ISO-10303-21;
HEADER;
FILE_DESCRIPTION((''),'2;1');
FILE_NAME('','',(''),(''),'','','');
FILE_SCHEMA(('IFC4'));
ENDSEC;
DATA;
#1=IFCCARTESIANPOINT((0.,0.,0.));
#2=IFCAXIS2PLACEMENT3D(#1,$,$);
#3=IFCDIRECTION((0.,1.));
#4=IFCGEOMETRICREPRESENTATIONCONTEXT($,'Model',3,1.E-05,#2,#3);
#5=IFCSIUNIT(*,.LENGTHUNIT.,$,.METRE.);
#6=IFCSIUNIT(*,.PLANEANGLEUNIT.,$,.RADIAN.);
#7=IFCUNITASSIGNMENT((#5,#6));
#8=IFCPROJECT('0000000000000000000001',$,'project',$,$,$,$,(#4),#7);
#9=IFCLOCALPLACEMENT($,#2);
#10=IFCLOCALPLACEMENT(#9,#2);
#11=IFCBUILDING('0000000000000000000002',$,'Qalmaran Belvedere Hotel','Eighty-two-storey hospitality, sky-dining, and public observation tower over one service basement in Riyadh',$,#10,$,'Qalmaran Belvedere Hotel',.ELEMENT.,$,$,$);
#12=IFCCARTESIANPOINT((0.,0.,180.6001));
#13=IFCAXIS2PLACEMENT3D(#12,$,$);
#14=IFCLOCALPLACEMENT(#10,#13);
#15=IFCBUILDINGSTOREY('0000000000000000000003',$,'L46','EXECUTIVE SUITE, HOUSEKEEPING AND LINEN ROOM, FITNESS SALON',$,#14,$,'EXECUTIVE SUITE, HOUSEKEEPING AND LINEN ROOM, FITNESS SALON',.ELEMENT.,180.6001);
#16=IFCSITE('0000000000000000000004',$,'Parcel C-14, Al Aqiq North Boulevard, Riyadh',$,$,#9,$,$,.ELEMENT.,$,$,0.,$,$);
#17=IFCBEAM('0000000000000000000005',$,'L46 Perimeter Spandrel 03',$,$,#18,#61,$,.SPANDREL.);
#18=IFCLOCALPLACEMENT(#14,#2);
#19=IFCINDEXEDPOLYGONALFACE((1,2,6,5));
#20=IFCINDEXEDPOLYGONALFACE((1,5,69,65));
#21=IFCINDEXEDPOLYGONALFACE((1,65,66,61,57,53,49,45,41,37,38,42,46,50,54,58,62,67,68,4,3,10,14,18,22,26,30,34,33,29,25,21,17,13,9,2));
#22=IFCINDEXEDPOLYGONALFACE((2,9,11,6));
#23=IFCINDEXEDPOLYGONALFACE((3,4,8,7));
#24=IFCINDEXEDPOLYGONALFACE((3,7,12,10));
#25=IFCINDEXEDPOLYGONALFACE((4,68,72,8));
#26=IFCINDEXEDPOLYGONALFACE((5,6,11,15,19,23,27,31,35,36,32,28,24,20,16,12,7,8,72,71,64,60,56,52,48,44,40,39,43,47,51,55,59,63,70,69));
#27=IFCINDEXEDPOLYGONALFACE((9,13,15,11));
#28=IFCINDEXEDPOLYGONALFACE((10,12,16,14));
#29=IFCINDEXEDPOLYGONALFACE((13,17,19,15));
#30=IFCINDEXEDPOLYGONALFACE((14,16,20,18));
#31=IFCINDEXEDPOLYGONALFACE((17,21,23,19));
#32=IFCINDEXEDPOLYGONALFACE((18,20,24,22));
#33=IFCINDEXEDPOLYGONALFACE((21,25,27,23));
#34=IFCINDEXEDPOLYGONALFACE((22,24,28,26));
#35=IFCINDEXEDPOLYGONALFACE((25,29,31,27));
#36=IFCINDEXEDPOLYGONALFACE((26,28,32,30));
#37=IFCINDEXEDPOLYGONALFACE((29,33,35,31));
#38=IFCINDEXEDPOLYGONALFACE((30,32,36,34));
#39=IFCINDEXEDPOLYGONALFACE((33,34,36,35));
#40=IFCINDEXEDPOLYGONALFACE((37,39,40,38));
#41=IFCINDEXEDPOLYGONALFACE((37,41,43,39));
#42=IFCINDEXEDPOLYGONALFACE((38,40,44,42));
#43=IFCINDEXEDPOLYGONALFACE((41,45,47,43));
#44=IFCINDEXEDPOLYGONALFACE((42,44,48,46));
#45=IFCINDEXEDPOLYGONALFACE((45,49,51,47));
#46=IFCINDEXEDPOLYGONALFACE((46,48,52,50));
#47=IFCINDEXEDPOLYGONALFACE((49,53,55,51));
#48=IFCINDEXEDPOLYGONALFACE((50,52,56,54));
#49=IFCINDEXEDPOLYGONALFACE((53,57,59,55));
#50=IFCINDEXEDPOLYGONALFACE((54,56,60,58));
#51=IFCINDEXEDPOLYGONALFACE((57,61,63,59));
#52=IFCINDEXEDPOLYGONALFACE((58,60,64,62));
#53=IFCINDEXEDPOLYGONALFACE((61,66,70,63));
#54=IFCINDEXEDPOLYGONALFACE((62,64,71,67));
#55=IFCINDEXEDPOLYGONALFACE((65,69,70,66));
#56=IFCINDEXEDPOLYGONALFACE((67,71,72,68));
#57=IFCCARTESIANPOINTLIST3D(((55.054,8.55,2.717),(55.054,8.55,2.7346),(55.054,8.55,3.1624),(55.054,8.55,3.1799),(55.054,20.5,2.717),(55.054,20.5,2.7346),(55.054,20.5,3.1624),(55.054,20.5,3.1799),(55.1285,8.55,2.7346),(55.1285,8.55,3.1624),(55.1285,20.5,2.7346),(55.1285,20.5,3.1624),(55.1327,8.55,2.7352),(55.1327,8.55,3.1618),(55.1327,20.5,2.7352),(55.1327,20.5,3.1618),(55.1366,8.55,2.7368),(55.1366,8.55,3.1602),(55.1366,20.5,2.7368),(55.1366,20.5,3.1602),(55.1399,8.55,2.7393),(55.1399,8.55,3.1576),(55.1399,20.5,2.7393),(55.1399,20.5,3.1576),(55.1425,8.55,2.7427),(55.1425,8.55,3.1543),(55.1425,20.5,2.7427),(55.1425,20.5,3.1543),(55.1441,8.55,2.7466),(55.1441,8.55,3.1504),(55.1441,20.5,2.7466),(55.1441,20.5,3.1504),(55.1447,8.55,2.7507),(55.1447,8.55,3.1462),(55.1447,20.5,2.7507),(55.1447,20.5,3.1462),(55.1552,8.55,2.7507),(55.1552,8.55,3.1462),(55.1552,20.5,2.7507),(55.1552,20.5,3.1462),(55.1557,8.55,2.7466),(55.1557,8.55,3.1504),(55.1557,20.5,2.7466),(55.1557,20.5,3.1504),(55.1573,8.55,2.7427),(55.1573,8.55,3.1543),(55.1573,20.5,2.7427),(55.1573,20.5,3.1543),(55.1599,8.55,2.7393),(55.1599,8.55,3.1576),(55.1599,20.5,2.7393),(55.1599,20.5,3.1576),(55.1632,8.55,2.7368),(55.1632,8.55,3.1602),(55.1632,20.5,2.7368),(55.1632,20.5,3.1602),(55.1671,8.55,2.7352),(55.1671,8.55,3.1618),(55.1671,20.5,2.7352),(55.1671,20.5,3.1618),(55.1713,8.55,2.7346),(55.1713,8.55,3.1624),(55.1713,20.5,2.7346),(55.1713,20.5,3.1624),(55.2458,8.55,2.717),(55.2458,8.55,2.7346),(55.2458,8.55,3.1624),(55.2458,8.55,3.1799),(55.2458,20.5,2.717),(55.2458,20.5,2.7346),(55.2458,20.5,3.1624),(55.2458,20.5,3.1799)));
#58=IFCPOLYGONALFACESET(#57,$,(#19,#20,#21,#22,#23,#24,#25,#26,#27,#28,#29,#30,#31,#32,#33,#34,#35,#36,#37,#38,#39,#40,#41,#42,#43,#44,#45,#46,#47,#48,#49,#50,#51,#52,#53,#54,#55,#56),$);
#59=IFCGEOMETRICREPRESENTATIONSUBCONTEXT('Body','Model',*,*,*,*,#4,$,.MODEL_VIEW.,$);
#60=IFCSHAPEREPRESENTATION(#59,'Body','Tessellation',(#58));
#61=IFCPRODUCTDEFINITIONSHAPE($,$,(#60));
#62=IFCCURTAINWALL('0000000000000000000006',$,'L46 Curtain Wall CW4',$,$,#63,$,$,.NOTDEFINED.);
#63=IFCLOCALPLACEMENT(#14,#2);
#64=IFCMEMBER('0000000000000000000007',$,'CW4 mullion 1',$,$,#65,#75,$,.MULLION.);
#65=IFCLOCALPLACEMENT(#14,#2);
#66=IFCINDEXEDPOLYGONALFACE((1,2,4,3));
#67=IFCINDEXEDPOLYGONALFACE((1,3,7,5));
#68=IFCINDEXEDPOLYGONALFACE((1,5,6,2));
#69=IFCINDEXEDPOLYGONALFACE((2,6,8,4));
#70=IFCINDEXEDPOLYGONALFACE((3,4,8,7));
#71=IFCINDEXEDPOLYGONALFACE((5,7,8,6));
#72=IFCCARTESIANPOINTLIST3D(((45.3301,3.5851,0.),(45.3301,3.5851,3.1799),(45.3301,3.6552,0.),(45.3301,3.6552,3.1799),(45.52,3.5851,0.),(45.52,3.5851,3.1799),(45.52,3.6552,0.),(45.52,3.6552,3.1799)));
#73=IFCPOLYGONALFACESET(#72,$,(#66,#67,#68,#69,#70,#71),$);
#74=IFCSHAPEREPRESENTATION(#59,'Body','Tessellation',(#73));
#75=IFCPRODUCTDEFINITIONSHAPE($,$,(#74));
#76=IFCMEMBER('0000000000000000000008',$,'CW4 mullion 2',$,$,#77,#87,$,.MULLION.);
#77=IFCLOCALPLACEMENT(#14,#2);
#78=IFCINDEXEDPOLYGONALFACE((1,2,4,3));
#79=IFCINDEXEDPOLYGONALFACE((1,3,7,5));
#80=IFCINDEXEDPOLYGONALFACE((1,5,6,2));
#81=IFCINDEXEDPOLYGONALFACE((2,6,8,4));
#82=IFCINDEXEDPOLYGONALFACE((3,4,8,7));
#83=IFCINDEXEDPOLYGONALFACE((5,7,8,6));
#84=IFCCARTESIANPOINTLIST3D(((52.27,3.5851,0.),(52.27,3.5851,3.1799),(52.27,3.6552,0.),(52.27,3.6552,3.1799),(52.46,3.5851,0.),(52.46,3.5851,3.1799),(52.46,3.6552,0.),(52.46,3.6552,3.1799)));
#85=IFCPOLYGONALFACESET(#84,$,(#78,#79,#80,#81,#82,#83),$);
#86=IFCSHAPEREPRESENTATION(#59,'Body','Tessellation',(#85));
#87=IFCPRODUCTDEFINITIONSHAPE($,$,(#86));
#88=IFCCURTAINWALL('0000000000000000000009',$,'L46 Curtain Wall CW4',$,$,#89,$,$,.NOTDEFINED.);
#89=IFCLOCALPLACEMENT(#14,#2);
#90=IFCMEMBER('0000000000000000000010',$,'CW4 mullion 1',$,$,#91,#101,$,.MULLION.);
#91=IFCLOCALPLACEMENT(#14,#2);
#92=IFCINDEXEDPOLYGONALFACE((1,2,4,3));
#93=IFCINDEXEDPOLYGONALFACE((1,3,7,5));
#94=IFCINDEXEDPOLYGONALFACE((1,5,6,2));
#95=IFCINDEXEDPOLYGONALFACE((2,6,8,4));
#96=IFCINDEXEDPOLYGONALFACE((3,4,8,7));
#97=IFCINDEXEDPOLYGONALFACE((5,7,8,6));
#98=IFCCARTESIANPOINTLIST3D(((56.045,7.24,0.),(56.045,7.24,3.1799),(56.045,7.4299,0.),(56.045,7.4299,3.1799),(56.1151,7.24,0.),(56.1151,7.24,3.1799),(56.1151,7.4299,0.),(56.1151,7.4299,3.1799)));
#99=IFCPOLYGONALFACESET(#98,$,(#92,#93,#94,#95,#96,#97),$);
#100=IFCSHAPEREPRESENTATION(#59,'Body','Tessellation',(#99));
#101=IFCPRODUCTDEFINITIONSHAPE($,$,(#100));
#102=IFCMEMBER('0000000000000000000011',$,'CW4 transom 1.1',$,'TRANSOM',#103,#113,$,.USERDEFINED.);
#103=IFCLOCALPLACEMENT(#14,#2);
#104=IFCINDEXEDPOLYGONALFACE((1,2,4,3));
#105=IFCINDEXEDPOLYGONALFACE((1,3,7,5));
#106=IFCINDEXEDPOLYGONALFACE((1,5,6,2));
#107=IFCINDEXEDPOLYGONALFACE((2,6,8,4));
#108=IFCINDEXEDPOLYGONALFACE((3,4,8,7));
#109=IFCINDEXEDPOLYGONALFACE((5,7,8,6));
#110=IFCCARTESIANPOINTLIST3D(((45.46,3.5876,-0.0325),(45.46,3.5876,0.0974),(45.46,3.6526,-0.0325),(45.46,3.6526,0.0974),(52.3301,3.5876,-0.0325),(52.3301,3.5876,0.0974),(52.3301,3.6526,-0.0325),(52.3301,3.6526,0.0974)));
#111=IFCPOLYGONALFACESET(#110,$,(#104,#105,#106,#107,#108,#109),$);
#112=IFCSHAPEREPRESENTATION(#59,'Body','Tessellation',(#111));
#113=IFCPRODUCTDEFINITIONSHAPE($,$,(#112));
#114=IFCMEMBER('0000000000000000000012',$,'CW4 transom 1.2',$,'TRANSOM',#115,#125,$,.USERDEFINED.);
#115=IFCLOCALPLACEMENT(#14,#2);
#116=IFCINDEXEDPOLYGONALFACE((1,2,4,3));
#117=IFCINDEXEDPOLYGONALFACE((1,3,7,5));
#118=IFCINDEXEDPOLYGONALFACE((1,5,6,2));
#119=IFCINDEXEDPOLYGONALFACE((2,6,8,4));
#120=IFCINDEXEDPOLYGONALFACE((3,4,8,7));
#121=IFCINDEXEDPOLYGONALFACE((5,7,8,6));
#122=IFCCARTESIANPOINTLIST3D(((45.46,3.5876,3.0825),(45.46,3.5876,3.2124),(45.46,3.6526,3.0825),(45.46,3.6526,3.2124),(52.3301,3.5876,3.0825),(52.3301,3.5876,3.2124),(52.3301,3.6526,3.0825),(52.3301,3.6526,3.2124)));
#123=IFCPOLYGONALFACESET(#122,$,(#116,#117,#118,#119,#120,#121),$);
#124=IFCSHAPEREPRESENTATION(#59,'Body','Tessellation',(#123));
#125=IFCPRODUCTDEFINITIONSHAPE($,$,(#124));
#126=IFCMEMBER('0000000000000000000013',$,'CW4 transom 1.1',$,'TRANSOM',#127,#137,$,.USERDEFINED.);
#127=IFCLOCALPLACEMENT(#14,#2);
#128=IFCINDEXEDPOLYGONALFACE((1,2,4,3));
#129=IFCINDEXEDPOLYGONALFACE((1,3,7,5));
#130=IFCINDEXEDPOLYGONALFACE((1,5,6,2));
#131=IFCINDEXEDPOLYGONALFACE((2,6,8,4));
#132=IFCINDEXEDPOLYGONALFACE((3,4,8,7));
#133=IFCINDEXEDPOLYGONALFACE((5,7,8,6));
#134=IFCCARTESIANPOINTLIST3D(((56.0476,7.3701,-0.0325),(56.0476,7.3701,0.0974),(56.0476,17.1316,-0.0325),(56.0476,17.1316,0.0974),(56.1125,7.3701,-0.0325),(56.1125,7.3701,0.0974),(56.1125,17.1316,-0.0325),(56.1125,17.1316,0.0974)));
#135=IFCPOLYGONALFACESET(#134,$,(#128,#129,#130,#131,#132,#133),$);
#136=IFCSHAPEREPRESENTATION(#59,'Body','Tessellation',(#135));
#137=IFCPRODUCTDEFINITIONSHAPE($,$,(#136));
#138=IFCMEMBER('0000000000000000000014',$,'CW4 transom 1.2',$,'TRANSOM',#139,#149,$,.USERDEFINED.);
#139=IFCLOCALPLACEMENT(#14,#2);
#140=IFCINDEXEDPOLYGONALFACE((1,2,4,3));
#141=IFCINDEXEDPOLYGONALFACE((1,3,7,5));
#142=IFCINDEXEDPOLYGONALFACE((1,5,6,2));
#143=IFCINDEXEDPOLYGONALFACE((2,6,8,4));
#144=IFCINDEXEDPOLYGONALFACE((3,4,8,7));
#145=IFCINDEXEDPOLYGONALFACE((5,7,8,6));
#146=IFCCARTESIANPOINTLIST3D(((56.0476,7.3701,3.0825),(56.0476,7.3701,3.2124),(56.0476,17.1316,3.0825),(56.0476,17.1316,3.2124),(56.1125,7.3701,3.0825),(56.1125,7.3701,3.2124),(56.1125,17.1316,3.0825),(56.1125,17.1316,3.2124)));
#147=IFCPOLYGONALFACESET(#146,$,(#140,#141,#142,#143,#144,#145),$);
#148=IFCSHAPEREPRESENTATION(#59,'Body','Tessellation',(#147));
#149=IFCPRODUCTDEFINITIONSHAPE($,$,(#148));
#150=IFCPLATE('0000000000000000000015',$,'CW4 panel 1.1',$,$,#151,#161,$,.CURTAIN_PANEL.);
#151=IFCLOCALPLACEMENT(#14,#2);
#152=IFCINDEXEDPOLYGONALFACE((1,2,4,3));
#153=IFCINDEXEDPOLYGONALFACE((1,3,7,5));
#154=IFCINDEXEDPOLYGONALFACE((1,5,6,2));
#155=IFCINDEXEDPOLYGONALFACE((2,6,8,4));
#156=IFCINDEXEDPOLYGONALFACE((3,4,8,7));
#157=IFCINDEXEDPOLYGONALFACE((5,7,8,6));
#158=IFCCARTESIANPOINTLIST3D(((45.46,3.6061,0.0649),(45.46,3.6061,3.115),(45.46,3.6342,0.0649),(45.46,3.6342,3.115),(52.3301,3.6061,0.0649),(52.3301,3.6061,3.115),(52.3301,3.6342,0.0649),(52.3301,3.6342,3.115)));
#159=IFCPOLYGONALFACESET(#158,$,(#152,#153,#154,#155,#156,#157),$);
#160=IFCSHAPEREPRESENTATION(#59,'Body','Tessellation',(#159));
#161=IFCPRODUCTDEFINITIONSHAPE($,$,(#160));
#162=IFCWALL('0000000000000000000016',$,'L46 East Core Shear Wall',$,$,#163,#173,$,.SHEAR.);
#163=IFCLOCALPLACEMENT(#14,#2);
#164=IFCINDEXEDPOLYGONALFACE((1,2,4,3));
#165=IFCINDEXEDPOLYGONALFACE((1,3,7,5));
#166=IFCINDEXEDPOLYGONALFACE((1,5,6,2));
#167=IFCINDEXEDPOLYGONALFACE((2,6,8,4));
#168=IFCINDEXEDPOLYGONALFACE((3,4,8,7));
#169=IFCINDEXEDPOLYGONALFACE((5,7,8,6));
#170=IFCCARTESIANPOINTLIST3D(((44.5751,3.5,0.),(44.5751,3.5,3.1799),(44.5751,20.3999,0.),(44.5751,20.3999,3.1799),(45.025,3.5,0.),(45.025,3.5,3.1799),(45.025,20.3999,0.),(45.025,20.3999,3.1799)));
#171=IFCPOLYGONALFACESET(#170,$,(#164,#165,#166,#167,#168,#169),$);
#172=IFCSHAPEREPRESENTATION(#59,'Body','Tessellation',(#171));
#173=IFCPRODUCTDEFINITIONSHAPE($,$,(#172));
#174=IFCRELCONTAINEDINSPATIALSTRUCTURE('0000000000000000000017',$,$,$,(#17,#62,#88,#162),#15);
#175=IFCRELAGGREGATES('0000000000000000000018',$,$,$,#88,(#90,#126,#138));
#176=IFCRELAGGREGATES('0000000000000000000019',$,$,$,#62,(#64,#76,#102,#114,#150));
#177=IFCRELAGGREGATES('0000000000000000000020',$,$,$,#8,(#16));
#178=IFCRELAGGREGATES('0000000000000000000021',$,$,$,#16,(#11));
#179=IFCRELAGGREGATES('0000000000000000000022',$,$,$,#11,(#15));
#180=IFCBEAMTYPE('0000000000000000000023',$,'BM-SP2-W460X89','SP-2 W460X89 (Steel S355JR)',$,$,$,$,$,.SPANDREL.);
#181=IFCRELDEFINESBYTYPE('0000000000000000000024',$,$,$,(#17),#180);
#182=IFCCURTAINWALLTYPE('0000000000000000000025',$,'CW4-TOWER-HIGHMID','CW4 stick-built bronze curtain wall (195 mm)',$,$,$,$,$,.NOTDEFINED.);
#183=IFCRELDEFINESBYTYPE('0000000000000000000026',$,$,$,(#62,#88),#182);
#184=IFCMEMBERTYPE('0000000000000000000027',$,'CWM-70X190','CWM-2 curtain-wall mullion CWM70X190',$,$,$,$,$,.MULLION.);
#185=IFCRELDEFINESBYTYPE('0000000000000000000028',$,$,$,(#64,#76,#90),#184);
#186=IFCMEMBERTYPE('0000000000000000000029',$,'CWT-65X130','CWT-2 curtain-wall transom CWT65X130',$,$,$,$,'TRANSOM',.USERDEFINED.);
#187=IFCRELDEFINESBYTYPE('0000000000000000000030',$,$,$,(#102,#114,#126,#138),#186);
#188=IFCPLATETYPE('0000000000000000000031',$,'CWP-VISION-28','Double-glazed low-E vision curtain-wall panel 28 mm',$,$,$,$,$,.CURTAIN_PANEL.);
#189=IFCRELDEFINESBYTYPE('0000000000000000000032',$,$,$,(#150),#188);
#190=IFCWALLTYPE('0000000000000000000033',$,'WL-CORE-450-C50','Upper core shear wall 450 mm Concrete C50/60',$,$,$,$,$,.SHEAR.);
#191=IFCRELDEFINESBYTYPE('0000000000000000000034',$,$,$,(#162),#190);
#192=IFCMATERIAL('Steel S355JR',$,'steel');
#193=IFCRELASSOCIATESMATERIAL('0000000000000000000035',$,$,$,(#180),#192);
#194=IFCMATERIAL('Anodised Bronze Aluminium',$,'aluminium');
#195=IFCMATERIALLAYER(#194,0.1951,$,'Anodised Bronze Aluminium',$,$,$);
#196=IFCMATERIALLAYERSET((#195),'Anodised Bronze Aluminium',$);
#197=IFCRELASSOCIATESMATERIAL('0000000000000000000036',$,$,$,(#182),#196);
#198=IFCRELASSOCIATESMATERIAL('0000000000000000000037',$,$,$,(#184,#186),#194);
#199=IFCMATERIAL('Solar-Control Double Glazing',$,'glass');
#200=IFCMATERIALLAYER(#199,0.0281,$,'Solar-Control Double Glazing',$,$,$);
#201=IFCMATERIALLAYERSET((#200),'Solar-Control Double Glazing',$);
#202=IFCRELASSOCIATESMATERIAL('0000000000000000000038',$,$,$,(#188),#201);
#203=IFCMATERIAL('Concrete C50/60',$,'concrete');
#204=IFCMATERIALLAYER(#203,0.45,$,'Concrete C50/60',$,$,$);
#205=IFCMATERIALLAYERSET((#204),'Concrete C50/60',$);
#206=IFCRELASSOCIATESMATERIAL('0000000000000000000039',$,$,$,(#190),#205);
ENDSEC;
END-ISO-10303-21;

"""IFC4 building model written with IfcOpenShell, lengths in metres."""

from ifc_helpers import new_model, si_unit, direction, frame, frame_2d, origin, origin_2d, place, context, subcontext, project, spatial, rectangle, i_section, extrude, material, layer, layer_set, material_profile, profile_set, type_object, element, aggregate, save


model = new_model("IFC4")

# Units and contexts
model_context = context("Model", 3, precision=1e-05, world=origin(), true_north=direction((0.0, 1.0)))
body_context = subcontext(model_context, "Body", "Model", "MODEL_VIEW")
ifc_project = project(units=[si_unit("LENGTHUNIT", "METRE"), si_unit("PLANEANGLEUNIT", "RADIAN")], contexts=[model_context])

# Site, building, storey
site_placement = place(None, origin())
site = spatial("IfcSite", under=ifc_project, at=site_placement, Name="Parcel C-14, Al Aqiq North Boulevard, Riyadh", CompositionType="ELEMENT", RefElevation=0.0)
building_placement = place(site_placement, origin())
building = spatial("IfcBuilding", under=site, at=building_placement, Name="Qalmaran Belvedere Hotel", Description="Eighty-two-storey hospitality, sky-dining, and public observation tower over one service basement in Riyadh", LongName="Qalmaran Belvedere Hotel", CompositionType="ELEMENT")
storey_placement = place(building_placement, frame((0.0, 0.0, 180.6001)))
storey = spatial("IfcBuildingStorey", under=building, at=storey_placement, Name="L46", Description="EXECUTIVE SUITE, HOUSEKEEPING AND LINEN ROOM, FITNESS SALON", LongName="EXECUTIVE SUITE, HOUSEKEEPING AND LINEN ROOM, FITNESS SALON", CompositionType="ELEMENT", Elevation=180.6001)

# Shared definitions
ifc_material_1 = material(Name="Concrete C50/60", Category="concrete")

# Beam
ifc_material_2 = material(Name="Steel S355JR", Category="steel")
ifc_material_profile_1 = material_profile(ifc_material_2, i_section(OverallWidth=0.1919, OverallDepth=0.4629, WebThickness=0.0105, FlangeThickness=0.0176, FilletRadius=0.0161, at=origin_2d()), Name="W460X89")
ifc_profile_set_1 = profile_set([ifc_material_profile_1], Name="Steel S355JR")
beam_type_1 = type_object("IfcBeamType", Name="BM-SP2-W460X89", Description="SP-2 W460X89 (Steel S355JR)", PredefinedType="SPANDREL", material=ifc_profile_set_1)
beam_1_placement = place(storey_placement, frame((55.1499, 8.55, 2.9485), z_axis=(0.0, 1.0, 0.0), x_axis=(-1.0, 0.0, 0.0)))
element("IfcBeam", 1, at=beam_1_placement, inside=storey, type_object=beam_type_1, Name="L46 Perimeter Spandrel 03", PredefinedType="SPANDREL", context=body_context, shape_type="SweptSolid", body=[
    extrude(i_section(OverallWidth=0.1919, OverallDepth=0.4629, WebThickness=0.0105, FlangeThickness=0.0176, FilletRadius=0.0161, at=origin_2d()), origin(), (0.0, 0.0, 1.0), 11.95),
])

# Curtain wall, members
ifc_material_3 = material(Name="Anodised Bronze Aluminium", Category="aluminium")
ifc_layer_1 = layer(ifc_material_3, 0.1951, Name="Anodised Bronze Aluminium")
ifc_layer_set_1 = layer_set([ifc_layer_1], Name="Anodised Bronze Aluminium")
curtain_wall_type = type_object("IfcCurtainWallType", Name="CW4-TOWER-HIGHMID", Description="CW4 stick-built bronze curtain wall (195 mm)", PredefinedType="NOTDEFINED", material=ifc_layer_set_1)
curtain_wall_1_placement = place(storey_placement, origin())
curtain_wall_1 = element("IfcCurtainWall", 2, at=curtain_wall_1_placement, inside=storey, type_object=curtain_wall_type, Name="L46 Curtain Wall CW4", PredefinedType="NOTDEFINED")
ifc_material_profile_2 = material_profile(ifc_material_3, rectangle(XDim=0.0701, YDim=0.1899, at=origin_2d()), Name="CWM70X190")
ifc_profile_set_2 = profile_set([ifc_material_profile_2], Name="Anodised Bronze Aluminium")
member_type_1 = type_object("IfcMemberType", Name="CWM-70X190", Description="CWM-2 curtain-wall mullion CWM70X190", PredefinedType="MULLION", material=ifc_profile_set_2)
member_1_placement = place(storey_placement, frame((45.425, 3.6201, 0.0), z_axis=(0.0, 0.0, 1.0), x_axis=(0.0, 1.0, 0.0)))
member_1 = element("IfcMember", 3, at=member_1_placement, type_object=member_type_1, Name="CW4 mullion 1", PredefinedType="MULLION", context=body_context, shape_type="SweptSolid", body=[
    extrude(rectangle(XDim=0.0701, YDim=0.1899, at=origin_2d()), origin(), (0.0, 0.0, 1.0), 3.1799),
])
member_2_placement = place(storey_placement, frame((52.365, 3.6201, 0.0), z_axis=(0.0, 0.0, 1.0), x_axis=(0.0, 1.0, 0.0)))
member_2 = element("IfcMember", 4, at=member_2_placement, type_object=member_type_1, Name="CW4 mullion 2", PredefinedType="MULLION", context=body_context, shape_type="SweptSolid", body=[
    extrude(rectangle(XDim=0.0701, YDim=0.1899, at=origin_2d()), origin(), (0.0, 0.0, 1.0), 3.1799),
])

# Curtain wall, member
curtain_wall_2_placement = place(storey_placement, origin())
curtain_wall_2 = element("IfcCurtainWall", 5, at=curtain_wall_2_placement, inside=storey, type_object=curtain_wall_type, Name="L46 Curtain Wall CW4", PredefinedType="NOTDEFINED")
member_3_placement = place(storey_placement, frame((56.0801, 7.335, 0.0), z_axis=(0.0, 0.0, 1.0), x_axis=(-1.0, 0.0, 0.0)))
member_3 = element("IfcMember", 6, at=member_3_placement, type_object=member_type_1, Name="CW4 mullion 1", PredefinedType="MULLION", context=body_context, shape_type="SweptSolid", body=[
    extrude(rectangle(XDim=0.0701, YDim=0.1899, at=origin_2d()), origin(), (0.0, 0.0, 1.0), 3.1799),
])

# Members
ifc_material_profile_3 = material_profile(ifc_material_3, rectangle(XDim=0.0649, YDim=0.1299, at=origin_2d()), Name="CWT65X130")
ifc_profile_set_3 = profile_set([ifc_material_profile_3], Name="Anodised Bronze Aluminium")
member_type_2 = type_object("IfcMemberType", Name="CWT-65X130", Description="CWT-2 curtain-wall transom CWT65X130", ElementType="TRANSOM", PredefinedType="USERDEFINED", material=ifc_profile_set_3)
member_4_placement = place(storey_placement, frame((45.46, 3.6201, 0.0325), z_axis=(1.0, 0.0, 0.0), x_axis=(0.0, 1.0, 0.0)))
member_4 = element("IfcMember", 7, at=member_4_placement, type_object=member_type_2, Name="CW4 transom 1.1", ObjectType="TRANSOM", PredefinedType="USERDEFINED", context=body_context, shape_type="SweptSolid", body=[
    extrude(rectangle(XDim=0.0649, YDim=0.1299, at=origin_2d()), origin(), (0.0, 0.0, 1.0), 6.8701),
])
member_5_placement = place(storey_placement, frame((45.46, 3.6201, 3.1475), z_axis=(1.0, 0.0, 0.0), x_axis=(0.0, 1.0, 0.0)))
member_5 = element("IfcMember", 8, at=member_5_placement, type_object=member_type_2, Name="CW4 transom 1.2", ObjectType="TRANSOM", PredefinedType="USERDEFINED", context=body_context, shape_type="SweptSolid", body=[
    extrude(rectangle(XDim=0.0649, YDim=0.1299, at=origin_2d()), origin(), (0.0, 0.0, 1.0), 6.8701),
])
member_6_placement = place(storey_placement, frame((56.0801, 7.3701, 0.0325), z_axis=(0.0, 1.0, 0.0), x_axis=(-1.0, 0.0, 0.0)))
member_6 = element("IfcMember", 9, at=member_6_placement, type_object=member_type_2, Name="CW4 transom 1.1", ObjectType="TRANSOM", PredefinedType="USERDEFINED", context=body_context, shape_type="SweptSolid", body=[
    extrude(rectangle(XDim=0.0649, YDim=0.1299, at=origin_2d()), origin(), (0.0, 0.0, 1.0), 9.7615),
])
member_7_placement = place(storey_placement, frame((56.0801, 7.3701, 3.1475), z_axis=(0.0, 1.0, 0.0), x_axis=(-1.0, 0.0, 0.0)))
member_7 = element("IfcMember", 10, at=member_7_placement, type_object=member_type_2, Name="CW4 transom 1.2", ObjectType="TRANSOM", PredefinedType="USERDEFINED", context=body_context, shape_type="SweptSolid", body=[
    extrude(rectangle(XDim=0.0649, YDim=0.1299, at=origin_2d()), origin(), (0.0, 0.0, 1.0), 9.7615),
])
aggregate(curtain_wall_2, [member_3, member_6, member_7])

# Plate
ifc_material_4 = material(Name="Solar-Control Double Glazing", Category="glass")
ifc_layer_2 = layer(ifc_material_4, 0.0281, Name="Solar-Control Double Glazing")
ifc_layer_set_2 = layer_set([ifc_layer_2], Name="Solar-Control Double Glazing")
plate_type = type_object("IfcPlateType", Name="CWP-VISION-28", Description="Double-glazed low-E vision curtain-wall panel 28 mm", PredefinedType="CURTAIN_PANEL", material=ifc_layer_set_2)
plate_placement = place(storey_placement, frame((48.895, 3.6201, 0.0649), z_axis=(0.0, 0.0, 1.0), x_axis=(1.0, 0.0, 0.0)))
plate = element("IfcPlate", 11, at=plate_placement, type_object=plate_type, Name="CW4 panel 1.1", PredefinedType="CURTAIN_PANEL", context=body_context, shape_type="SweptSolid", body=[
    extrude(rectangle(XDim=6.8701, YDim=0.0281, at=origin_2d()), origin(), (0.0, 0.0, 1.0), 3.05),
])
aggregate(curtain_wall_1, [member_1, member_2, member_4, member_5, plate])

# Wall
ifc_layer_3 = layer(ifc_material_1, 0.45, Name="Concrete C50/60")
ifc_layer_set_3 = layer_set([ifc_layer_3], Name="Concrete C50/60")
wall_type_1 = type_object("IfcWallType", Name="WL-CORE-450-C50", Description="Upper core shear wall 450 mm Concrete C50/60", PredefinedType="SHEAR", material=ifc_layer_set_3)
wall_1_placement = place(storey_placement, frame((44.8, 3.5, 0.0), z_axis=(0.0, 0.0, 1.0), x_axis=(0.0, 1.0, 0.0)))
element("IfcWall", 12, at=wall_1_placement, inside=storey, type_object=wall_type_1, Name="L46 East Core Shear Wall", PredefinedType="SHEAR", context=body_context, shape_type="SweptSolid", body=[
    extrude(rectangle(XDim=16.8999, YDim=0.45, at=frame_2d((8.45, 0.0))), origin(), (0.0, 0.0, 1.0), 3.1799),
])

save(model, "model.ifc")
